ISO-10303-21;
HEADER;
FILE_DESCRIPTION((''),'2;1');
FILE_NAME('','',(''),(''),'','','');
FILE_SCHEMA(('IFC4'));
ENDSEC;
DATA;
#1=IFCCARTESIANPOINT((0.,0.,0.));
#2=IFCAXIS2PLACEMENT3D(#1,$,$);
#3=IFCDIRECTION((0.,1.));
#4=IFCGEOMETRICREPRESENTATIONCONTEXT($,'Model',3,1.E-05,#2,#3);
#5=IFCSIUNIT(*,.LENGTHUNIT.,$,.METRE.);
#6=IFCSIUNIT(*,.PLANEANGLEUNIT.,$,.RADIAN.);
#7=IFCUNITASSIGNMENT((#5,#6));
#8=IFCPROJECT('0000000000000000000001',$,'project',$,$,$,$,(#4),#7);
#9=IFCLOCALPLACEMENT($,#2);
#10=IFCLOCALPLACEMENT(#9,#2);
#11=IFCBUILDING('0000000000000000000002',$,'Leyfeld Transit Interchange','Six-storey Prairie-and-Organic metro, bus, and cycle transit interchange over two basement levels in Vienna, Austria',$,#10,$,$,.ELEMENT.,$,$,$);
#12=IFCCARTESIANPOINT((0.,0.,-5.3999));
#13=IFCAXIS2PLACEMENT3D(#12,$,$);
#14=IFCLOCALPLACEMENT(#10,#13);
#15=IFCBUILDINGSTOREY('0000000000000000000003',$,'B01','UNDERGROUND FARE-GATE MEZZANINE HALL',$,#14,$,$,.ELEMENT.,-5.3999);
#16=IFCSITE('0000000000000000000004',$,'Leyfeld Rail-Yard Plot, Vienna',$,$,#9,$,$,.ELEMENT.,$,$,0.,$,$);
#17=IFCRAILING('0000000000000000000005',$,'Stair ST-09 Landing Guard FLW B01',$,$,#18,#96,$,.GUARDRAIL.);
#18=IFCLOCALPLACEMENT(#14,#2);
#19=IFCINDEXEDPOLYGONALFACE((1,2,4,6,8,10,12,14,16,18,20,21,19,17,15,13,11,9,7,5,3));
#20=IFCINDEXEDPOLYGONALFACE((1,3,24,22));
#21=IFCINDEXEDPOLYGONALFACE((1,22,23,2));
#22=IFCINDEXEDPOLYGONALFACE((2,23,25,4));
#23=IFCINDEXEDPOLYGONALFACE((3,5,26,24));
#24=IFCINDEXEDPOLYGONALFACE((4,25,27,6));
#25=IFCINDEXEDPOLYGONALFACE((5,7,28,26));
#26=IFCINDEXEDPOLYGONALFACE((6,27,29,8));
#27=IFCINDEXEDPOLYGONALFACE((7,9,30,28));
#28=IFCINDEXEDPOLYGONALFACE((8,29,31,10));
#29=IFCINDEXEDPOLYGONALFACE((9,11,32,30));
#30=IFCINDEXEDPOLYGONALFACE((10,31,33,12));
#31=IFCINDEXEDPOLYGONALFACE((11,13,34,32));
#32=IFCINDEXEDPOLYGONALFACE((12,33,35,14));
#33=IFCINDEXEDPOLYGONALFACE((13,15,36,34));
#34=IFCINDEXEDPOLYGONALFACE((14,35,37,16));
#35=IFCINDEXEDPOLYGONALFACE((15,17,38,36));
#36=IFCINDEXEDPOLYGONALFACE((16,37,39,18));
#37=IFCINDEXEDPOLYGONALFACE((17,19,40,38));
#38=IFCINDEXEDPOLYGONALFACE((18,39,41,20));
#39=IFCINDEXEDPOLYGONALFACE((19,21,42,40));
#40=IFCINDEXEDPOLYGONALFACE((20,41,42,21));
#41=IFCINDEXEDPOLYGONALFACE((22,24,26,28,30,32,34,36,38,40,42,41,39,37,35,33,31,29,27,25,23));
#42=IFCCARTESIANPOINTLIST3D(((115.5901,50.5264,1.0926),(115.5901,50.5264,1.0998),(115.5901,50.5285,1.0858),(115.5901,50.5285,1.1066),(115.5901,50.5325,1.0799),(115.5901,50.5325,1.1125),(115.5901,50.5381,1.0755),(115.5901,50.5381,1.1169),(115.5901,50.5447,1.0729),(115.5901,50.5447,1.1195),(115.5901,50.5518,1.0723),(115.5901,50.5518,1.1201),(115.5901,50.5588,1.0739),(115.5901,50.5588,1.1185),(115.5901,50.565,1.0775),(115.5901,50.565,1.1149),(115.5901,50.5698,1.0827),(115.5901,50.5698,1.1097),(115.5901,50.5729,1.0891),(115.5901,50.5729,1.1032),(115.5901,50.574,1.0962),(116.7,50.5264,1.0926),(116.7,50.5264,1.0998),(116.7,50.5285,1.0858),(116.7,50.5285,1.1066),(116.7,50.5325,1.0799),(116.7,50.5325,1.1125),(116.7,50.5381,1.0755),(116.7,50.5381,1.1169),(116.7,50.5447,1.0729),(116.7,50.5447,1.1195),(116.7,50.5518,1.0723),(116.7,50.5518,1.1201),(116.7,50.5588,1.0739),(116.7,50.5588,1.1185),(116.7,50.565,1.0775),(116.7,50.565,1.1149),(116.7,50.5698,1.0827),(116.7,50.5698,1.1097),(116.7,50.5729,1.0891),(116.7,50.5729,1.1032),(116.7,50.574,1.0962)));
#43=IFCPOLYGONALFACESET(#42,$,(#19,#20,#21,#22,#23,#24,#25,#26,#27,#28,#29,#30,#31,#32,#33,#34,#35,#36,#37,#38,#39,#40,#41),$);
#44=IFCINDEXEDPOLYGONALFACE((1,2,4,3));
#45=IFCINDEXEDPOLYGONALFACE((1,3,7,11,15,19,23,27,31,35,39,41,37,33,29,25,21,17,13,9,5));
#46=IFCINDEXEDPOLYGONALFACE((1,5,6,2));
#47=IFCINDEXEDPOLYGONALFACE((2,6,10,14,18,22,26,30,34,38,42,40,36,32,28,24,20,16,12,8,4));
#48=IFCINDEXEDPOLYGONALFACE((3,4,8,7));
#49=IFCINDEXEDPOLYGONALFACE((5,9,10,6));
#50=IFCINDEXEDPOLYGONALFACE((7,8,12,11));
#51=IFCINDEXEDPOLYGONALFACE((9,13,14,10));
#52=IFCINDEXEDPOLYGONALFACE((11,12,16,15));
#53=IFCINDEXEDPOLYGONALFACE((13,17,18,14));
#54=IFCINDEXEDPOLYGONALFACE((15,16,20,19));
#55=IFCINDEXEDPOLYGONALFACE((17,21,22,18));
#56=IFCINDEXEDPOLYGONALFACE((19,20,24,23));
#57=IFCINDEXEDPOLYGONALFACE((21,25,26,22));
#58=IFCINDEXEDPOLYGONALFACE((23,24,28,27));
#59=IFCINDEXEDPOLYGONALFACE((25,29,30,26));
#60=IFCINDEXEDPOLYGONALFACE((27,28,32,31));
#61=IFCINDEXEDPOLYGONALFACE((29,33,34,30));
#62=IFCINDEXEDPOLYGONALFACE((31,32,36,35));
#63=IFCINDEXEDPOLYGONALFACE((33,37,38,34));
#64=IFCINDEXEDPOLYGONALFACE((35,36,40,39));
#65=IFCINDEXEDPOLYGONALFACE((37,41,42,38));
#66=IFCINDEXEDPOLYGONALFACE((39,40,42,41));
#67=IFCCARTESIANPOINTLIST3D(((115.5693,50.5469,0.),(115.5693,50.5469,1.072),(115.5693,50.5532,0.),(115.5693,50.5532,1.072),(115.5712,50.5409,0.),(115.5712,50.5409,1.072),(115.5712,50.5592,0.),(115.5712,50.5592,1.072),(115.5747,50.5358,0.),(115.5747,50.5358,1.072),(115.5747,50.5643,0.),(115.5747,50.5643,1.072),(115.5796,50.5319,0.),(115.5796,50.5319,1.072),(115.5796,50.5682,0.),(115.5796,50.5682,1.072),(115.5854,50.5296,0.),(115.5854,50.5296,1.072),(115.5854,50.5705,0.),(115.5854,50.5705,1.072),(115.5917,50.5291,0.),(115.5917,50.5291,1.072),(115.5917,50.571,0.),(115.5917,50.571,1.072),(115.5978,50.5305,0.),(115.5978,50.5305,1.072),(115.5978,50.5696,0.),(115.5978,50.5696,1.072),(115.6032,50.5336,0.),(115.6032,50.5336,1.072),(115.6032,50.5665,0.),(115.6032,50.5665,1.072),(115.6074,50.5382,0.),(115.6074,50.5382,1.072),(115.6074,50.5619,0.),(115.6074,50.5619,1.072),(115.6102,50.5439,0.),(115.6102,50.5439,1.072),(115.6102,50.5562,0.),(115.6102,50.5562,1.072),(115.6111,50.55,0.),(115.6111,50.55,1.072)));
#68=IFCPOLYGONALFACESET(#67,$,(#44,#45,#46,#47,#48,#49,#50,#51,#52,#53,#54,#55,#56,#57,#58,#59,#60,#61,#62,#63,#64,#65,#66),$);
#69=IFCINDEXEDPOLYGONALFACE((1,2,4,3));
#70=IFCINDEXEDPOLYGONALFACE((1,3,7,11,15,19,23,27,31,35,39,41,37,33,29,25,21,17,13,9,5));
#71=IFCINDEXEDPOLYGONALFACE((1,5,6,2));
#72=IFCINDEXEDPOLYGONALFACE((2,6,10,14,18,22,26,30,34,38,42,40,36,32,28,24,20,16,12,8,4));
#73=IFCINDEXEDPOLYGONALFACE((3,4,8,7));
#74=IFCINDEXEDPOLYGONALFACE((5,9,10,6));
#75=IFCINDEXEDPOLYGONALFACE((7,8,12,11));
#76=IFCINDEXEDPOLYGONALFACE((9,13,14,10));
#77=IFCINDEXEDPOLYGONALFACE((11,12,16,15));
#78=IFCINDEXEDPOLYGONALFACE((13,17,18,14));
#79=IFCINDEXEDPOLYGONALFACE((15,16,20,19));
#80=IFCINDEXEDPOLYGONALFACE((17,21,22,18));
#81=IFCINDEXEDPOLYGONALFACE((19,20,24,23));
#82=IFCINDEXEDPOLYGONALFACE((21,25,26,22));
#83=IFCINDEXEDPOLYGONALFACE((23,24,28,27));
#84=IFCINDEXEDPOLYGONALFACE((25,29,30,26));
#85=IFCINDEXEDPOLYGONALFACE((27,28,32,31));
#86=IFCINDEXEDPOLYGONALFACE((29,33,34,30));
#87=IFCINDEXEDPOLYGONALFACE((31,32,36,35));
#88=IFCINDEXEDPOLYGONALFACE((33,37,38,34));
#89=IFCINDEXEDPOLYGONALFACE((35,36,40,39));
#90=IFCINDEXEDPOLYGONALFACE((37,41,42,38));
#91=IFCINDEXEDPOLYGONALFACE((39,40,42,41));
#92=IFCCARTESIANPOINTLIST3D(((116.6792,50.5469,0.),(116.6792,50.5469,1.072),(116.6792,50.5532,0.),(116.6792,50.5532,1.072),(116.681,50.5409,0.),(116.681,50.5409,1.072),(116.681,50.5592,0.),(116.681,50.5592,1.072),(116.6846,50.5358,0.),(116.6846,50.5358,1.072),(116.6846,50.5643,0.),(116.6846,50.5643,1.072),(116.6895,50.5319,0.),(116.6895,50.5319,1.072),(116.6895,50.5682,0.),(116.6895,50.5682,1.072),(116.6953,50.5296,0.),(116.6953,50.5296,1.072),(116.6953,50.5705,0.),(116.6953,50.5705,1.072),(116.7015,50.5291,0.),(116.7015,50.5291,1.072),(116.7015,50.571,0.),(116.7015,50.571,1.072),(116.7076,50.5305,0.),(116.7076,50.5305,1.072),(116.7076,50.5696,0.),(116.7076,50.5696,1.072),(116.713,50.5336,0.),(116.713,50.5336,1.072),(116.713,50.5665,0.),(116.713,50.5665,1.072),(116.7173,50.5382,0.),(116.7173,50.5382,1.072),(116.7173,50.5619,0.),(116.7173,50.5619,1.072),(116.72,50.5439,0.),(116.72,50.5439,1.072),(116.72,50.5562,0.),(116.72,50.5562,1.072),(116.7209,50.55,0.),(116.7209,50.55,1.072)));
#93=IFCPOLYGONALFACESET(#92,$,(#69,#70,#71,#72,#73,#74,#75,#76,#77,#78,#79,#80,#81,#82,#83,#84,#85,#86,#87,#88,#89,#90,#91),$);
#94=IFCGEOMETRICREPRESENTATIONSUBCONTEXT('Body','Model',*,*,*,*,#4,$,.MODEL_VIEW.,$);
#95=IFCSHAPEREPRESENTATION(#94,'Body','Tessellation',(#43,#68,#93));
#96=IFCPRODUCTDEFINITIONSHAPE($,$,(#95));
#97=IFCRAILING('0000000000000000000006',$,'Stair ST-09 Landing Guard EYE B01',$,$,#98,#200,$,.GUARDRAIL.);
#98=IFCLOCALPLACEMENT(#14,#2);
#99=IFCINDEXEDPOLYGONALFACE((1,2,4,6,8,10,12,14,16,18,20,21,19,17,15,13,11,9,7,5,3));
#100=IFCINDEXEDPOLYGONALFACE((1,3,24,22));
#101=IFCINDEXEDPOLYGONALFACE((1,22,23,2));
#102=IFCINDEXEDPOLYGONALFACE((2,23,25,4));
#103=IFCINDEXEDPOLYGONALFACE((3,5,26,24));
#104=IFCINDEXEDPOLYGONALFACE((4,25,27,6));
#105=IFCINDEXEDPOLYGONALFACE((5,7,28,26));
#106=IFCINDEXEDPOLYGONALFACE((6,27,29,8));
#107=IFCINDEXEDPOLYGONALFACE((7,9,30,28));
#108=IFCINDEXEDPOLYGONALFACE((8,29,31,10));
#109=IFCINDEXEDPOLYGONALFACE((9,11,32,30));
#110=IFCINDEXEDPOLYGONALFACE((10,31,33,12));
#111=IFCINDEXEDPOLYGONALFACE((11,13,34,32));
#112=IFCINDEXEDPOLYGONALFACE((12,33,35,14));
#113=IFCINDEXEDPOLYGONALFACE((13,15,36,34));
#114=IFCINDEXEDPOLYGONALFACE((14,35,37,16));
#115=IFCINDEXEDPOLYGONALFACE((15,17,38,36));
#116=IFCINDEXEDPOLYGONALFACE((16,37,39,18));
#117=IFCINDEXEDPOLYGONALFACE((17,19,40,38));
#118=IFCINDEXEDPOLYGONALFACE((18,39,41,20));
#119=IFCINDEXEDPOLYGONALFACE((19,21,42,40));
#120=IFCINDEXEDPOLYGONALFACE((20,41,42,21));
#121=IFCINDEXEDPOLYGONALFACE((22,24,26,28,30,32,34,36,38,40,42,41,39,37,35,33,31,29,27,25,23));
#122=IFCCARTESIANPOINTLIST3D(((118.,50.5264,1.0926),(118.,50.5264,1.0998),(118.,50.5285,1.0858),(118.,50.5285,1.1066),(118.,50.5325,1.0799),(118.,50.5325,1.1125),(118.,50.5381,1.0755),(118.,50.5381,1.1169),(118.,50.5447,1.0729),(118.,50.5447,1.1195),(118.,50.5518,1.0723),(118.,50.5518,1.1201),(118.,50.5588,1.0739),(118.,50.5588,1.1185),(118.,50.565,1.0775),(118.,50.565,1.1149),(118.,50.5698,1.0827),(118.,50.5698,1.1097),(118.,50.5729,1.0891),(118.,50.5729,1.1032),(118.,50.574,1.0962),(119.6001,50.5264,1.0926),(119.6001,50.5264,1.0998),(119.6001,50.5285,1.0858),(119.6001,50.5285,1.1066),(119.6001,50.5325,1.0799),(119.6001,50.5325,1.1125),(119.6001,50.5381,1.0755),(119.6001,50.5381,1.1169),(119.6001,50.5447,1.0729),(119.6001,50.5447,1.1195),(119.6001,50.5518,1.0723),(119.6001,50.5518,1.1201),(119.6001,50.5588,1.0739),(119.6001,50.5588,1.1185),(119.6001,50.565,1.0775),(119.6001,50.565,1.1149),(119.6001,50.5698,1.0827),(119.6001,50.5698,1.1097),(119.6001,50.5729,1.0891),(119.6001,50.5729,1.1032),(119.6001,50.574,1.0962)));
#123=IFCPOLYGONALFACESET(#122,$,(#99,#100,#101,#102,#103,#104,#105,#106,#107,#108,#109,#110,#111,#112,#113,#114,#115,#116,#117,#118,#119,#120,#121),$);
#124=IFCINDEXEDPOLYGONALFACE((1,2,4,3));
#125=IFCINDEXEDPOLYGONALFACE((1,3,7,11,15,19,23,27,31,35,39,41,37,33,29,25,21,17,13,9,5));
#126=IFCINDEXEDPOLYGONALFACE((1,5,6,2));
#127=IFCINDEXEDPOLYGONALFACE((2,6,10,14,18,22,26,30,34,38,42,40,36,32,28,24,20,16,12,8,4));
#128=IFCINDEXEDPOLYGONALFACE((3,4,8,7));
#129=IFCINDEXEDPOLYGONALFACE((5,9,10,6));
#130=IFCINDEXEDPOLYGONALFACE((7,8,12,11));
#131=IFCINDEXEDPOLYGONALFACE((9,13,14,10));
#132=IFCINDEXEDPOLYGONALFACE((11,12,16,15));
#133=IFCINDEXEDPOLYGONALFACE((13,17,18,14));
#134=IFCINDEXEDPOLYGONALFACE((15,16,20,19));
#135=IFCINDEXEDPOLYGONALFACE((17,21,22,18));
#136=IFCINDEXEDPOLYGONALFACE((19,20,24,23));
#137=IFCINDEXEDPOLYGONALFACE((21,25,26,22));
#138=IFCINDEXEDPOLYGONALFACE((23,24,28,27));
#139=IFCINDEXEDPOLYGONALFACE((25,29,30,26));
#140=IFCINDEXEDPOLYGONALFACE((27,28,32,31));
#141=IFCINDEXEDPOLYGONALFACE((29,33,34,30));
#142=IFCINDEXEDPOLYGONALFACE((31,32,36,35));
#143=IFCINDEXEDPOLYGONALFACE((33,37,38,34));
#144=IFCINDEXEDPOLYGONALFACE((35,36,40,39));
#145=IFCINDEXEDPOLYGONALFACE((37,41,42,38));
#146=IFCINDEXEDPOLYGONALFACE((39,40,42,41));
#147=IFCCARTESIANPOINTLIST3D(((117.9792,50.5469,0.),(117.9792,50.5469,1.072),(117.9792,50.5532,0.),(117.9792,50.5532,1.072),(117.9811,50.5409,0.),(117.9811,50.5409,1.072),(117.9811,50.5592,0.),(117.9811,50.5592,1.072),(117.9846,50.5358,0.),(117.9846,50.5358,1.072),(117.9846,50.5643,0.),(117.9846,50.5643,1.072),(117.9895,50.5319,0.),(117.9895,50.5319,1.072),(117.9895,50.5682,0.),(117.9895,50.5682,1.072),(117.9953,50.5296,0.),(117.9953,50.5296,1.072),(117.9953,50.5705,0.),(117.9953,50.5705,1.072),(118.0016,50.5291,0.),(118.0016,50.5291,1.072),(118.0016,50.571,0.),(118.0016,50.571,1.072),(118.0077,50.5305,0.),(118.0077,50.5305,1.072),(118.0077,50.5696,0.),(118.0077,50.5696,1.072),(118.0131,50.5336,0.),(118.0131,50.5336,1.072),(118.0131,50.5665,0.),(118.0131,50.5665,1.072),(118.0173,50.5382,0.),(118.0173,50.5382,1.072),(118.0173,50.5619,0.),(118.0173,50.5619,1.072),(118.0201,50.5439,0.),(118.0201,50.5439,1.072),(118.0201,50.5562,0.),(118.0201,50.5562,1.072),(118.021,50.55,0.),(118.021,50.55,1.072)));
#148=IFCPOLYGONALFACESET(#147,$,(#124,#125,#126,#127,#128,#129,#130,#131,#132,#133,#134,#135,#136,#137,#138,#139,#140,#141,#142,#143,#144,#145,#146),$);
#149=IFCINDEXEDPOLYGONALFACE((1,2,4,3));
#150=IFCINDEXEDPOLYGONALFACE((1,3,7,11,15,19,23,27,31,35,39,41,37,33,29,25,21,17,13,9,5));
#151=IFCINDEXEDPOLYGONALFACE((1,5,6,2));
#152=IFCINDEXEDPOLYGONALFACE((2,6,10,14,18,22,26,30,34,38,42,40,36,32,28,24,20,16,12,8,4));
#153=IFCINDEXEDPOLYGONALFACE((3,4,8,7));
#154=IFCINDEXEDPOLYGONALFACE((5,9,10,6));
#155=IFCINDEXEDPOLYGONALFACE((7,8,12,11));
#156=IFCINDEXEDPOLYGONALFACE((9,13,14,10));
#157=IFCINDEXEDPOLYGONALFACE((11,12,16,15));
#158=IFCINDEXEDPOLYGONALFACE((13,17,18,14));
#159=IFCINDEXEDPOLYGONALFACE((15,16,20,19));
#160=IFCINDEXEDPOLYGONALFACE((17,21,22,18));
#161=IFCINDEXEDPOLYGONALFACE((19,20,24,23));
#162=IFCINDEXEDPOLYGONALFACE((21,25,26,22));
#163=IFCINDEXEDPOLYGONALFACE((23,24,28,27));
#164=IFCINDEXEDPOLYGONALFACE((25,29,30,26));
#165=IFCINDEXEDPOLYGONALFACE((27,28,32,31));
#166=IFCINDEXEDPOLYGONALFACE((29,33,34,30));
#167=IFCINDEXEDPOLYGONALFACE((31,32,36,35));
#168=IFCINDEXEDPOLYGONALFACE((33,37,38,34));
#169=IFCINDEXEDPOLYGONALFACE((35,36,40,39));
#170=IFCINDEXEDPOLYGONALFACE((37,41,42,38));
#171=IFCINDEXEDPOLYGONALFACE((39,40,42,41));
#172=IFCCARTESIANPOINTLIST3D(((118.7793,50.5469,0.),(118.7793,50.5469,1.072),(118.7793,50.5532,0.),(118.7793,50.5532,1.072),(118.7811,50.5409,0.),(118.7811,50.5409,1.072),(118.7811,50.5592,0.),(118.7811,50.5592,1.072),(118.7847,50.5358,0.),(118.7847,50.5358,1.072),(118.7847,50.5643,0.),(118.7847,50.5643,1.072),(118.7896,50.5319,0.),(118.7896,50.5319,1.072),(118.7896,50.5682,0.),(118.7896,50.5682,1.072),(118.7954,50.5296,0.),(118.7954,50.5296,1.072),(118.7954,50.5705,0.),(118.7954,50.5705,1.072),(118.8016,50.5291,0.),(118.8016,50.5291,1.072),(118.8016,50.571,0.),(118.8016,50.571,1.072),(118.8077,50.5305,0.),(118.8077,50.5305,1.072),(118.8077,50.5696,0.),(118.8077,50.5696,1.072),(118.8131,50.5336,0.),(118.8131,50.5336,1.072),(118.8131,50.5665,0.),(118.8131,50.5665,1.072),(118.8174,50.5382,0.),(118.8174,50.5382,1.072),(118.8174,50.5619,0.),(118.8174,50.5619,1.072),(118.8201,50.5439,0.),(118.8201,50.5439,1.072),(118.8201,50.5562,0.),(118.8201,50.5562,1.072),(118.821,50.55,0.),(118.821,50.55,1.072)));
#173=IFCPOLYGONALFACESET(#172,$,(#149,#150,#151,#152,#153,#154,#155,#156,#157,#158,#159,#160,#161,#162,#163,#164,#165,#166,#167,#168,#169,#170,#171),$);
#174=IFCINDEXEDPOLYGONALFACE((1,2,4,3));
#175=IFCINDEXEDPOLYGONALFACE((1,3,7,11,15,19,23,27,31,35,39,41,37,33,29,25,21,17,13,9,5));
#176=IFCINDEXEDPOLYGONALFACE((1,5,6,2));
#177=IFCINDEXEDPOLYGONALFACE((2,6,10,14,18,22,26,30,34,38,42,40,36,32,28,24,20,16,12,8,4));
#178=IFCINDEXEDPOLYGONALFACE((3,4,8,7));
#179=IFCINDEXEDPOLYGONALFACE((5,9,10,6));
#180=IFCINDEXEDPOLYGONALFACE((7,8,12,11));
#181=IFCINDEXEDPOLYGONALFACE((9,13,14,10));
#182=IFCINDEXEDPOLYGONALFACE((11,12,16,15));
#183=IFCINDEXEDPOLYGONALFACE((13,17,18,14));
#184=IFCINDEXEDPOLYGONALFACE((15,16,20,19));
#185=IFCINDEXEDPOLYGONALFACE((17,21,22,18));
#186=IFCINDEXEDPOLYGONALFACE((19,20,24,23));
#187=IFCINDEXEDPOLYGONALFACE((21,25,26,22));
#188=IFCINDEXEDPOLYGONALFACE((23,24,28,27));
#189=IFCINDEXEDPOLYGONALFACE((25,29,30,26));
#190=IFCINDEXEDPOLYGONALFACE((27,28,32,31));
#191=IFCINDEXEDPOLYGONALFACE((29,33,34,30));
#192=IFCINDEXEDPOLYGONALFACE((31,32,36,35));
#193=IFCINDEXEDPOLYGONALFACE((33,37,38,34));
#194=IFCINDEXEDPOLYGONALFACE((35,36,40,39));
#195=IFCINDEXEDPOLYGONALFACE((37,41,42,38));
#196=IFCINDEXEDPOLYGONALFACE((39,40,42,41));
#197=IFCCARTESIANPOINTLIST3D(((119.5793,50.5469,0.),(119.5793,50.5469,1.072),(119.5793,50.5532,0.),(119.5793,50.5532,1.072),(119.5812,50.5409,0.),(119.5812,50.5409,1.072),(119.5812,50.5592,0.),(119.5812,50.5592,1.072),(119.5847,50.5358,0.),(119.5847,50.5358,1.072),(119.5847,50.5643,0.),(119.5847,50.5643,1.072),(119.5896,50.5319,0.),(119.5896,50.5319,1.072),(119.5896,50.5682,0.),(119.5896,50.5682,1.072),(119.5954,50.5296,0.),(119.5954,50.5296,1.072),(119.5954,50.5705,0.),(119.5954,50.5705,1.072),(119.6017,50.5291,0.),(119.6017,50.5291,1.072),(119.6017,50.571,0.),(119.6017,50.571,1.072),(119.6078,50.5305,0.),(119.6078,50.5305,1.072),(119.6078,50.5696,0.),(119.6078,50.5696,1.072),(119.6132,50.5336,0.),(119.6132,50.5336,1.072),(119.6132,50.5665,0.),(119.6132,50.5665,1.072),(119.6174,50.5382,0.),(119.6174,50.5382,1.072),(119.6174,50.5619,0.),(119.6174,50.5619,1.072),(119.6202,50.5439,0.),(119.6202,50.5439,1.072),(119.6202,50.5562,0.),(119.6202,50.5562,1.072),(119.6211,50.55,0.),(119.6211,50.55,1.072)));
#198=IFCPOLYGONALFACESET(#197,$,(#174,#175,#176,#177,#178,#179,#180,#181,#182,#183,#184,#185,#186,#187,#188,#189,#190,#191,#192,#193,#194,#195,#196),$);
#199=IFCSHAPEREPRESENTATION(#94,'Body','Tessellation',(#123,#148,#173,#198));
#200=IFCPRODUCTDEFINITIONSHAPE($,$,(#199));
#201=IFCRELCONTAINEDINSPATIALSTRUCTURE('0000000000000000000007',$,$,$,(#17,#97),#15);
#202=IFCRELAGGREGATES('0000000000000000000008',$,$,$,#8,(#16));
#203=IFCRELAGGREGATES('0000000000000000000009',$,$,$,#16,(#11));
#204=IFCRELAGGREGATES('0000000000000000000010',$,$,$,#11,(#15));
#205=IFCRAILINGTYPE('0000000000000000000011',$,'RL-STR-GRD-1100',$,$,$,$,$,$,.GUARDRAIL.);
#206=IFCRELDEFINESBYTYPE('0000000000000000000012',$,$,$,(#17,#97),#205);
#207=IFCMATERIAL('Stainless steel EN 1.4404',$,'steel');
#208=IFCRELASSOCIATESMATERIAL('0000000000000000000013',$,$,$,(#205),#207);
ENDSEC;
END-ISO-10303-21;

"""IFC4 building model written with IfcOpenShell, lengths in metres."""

from ifc_helpers import new_model, si_unit, direction, frame, origin, origin_2d, place, context, subcontext, project, spatial, circle, extrude, material, type_object, element, save


model = new_model("IFC4")

# Units and contexts
model_context = context("Model", 3, precision=1e-05, world=origin(), true_north=direction((0.0, 1.0)))
body_context = subcontext(model_context, "Body", "Model", "MODEL_VIEW")
ifc_project = project(units=[si_unit("LENGTHUNIT", "METRE"), si_unit("PLANEANGLEUNIT", "RADIAN")], contexts=[model_context])

# Site, building, storey
site_placement = place(None, origin())
site = spatial("IfcSite", under=ifc_project, at=site_placement, Name="Leyfeld Rail-Yard Plot, Vienna", CompositionType="ELEMENT", RefElevation=0.0)
building_placement = place(site_placement, origin())
building = spatial("IfcBuilding", under=site, at=building_placement, Name="Leyfeld Transit Interchange", Description="Six-storey Prairie-and-Organic metro, bus, and cycle transit interchange over two basement levels in Vienna, Austria", CompositionType="ELEMENT")
storey_placement = place(building_placement, frame((0.0, 0.0, -5.3999)))
storey = spatial("IfcBuildingStorey", under=building, at=storey_placement, Name="B01", Description="UNDERGROUND FARE-GATE MEZZANINE HALL", CompositionType="ELEMENT", Elevation=-5.3999)

# Railings
ifc_material_1 = material(Name="Stainless steel EN 1.4404", Category="steel")
railing_type_1 = type_object("IfcRailingType", Name="RL-STR-GRD-1100", PredefinedType="GUARDRAIL", material=ifc_material_1)
railing_1_placement = place(storey_placement, frame((115.5901, 50.55, 0.0)))
element("IfcRailing", 1, at=railing_1_placement, inside=storey, type_object=railing_type_1, Name="Stair ST-09 Landing Guard FLW B01", PredefinedType="GUARDRAIL", context=body_context, shape_type="SweptSolid", body=[
    extrude(circle(Radius=0.0239, at=origin_2d()), frame((0.0, 0.0, 1.0962), z_axis=(1.0, 0.0, 0.0), x_axis=(0.0, 1.0, 0.0)), (0.0, 0.0, 1.0), 1.1099),
    extrude(circle(Radius=0.021, at=origin_2d()), origin(), (0.0, 0.0, 1.0), 1.072),
    extrude(circle(Radius=0.021, at=origin_2d()), frame((1.1099, 0.0, 0.0)), (0.0, 0.0, 1.0), 1.072),
])
railing_2_placement = place(storey_placement, frame((118.0, 50.55, 0.0)))
element("IfcRailing", 2, at=railing_2_placement, inside=storey, type_object=railing_type_1, Name="Stair ST-09 Landing Guard EYE B01", PredefinedType="GUARDRAIL", context=body_context, shape_type="SweptSolid", body=[
    extrude(circle(Radius=0.0239, at=origin_2d()), frame((0.0, 0.0, 1.0962), z_axis=(1.0, 0.0, 0.0), x_axis=(0.0, 1.0, 0.0)), (0.0, 0.0, 1.0), 1.6001),
    extrude(circle(Radius=0.021, at=origin_2d()), origin(), (0.0, 0.0, 1.0), 1.072),
    extrude(circle(Radius=0.021, at=origin_2d()), frame((0.8, 0.0, 0.0)), (0.0, 0.0, 1.0), 1.072),
    extrude(circle(Radius=0.021, at=origin_2d()), frame((1.6001, 0.0, 0.0)), (0.0, 0.0, 1.0), 1.072),
])

save(model, "model.ifc")
